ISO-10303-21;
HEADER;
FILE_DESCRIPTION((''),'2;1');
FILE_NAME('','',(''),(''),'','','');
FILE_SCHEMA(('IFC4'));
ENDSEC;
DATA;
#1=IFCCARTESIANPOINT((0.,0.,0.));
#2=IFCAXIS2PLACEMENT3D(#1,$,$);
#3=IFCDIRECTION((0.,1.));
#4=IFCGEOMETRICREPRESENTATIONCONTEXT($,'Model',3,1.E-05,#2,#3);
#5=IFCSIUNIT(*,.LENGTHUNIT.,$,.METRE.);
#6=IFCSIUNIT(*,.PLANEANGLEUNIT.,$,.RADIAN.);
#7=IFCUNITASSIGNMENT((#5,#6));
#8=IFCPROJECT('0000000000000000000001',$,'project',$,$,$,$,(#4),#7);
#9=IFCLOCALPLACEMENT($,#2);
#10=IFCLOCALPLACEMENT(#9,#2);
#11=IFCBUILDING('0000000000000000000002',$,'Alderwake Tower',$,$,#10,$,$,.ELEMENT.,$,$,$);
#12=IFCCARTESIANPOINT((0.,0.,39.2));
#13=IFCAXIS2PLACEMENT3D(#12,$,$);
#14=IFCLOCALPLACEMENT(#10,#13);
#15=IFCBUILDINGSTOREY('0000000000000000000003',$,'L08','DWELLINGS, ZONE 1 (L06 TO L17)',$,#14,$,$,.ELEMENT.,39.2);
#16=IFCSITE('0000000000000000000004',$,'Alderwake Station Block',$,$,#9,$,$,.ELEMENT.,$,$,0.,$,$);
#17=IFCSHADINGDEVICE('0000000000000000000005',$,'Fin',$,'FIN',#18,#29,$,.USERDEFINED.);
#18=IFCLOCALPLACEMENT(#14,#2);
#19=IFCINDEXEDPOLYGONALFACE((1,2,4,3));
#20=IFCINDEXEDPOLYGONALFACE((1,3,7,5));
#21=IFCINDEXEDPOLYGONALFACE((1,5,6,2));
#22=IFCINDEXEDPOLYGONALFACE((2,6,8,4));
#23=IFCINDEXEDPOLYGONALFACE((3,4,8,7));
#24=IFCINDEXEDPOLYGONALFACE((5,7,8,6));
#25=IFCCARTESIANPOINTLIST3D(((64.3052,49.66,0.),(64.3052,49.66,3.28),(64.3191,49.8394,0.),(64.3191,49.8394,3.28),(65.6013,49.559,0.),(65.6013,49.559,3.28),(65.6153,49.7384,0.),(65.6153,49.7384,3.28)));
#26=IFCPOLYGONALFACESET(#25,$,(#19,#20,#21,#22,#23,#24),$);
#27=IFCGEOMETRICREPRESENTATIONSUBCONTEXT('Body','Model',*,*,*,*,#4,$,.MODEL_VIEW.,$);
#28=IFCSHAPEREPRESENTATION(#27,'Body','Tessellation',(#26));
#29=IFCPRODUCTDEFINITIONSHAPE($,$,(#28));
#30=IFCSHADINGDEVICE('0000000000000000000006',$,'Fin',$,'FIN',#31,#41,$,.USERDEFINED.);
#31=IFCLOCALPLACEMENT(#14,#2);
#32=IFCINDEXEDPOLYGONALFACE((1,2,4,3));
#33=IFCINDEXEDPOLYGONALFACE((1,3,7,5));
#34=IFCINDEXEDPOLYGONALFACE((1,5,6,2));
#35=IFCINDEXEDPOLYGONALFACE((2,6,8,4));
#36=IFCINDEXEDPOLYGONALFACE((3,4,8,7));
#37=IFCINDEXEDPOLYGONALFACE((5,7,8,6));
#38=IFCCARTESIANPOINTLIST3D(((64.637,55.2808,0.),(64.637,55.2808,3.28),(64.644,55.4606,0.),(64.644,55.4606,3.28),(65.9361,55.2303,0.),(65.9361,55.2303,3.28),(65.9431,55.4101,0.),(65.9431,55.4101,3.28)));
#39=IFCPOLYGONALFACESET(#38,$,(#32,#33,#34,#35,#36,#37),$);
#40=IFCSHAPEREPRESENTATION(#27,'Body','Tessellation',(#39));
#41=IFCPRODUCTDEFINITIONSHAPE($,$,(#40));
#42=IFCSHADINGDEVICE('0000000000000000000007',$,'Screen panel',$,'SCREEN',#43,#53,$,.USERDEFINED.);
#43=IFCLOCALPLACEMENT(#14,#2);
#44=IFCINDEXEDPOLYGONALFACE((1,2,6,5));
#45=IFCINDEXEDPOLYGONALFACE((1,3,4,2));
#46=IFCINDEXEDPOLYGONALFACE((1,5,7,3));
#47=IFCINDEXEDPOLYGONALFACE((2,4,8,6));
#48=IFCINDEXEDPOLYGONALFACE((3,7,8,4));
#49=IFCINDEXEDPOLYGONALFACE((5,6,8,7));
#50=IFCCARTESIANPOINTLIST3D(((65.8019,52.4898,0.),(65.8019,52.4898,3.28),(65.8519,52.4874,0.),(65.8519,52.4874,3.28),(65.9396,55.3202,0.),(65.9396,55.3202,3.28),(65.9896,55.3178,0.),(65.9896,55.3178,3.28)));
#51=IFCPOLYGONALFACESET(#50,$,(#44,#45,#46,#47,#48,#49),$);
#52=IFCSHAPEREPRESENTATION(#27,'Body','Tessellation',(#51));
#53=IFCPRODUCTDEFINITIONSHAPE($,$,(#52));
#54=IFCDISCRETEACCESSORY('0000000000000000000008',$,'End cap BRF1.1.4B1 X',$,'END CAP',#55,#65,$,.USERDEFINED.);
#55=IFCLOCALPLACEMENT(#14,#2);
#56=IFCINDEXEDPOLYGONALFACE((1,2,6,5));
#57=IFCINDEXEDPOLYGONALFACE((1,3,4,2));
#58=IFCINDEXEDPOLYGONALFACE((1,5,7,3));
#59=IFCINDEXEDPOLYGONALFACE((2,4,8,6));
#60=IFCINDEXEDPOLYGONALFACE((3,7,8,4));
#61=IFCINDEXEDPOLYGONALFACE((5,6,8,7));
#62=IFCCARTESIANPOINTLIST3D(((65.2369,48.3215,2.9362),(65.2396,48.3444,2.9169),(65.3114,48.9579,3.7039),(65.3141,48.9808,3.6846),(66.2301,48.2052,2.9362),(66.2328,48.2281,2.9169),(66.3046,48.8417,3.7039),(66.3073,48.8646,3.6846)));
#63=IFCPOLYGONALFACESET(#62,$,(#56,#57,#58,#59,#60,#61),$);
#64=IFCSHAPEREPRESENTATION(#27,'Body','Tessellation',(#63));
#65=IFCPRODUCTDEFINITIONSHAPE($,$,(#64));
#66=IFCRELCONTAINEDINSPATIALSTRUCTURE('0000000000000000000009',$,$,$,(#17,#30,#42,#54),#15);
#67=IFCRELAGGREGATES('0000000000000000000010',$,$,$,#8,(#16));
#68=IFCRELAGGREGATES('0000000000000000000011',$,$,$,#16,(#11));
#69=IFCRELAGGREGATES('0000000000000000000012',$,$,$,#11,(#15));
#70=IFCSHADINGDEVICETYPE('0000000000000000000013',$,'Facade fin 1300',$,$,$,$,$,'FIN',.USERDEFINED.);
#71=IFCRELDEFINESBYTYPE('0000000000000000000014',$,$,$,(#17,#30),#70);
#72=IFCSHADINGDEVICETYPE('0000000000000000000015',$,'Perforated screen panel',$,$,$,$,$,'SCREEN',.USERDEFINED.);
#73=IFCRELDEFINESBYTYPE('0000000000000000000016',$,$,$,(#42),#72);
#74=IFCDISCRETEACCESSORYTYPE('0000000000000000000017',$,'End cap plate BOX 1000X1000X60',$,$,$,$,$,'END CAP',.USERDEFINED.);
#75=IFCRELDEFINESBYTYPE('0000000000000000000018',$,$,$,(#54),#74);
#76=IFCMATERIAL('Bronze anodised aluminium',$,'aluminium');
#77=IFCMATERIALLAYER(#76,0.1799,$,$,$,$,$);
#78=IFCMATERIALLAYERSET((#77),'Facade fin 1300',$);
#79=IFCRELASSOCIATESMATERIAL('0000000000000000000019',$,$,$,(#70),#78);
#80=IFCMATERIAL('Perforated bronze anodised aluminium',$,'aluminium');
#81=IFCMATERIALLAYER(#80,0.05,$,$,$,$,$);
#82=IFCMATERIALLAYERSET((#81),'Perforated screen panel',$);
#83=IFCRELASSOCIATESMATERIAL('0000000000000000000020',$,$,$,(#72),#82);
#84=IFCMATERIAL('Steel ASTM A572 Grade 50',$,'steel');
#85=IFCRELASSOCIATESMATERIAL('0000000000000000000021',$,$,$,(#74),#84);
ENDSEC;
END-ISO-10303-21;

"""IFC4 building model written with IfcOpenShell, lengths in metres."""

from ifc_helpers import new_model, si_unit, direction, frame, origin, origin_2d, place, context, subcontext, project, spatial, rectangle, extrude, material, layer, layer_set, material_profile, profile_set, type_object, element, save


model = new_model("IFC4")

# Units and contexts
model_context = context("Model", 3, precision=1e-05, world=origin(), true_north=direction((0.0, 1.0)))
body_context = subcontext(model_context, "Body", "Model", "MODEL_VIEW")
ifc_project = project(units=[si_unit("LENGTHUNIT", "METRE"), si_unit("PLANEANGLEUNIT", "RADIAN")], contexts=[model_context])

# Site, building, storey
site_placement = place(None, origin())
site = spatial("IfcSite", under=ifc_project, at=site_placement, Name="Alderwake Station Block", CompositionType="ELEMENT", RefElevation=0.0)
building_placement = place(site_placement, origin())
building = spatial("IfcBuilding", under=site, at=building_placement, Name="Alderwake Tower", CompositionType="ELEMENT")
storey_placement = place(building_placement, frame((0.0, 0.0, 39.2)))
storey = spatial("IfcBuildingStorey", under=building, at=storey_placement, Name="L08", Description="DWELLINGS, ZONE 1 (L06 TO L17)", CompositionType="ELEMENT", Elevation=39.2)

# Shading devices
ifc_material_1 = material(Name="Bronze anodised aluminium", Category="aluminium")
ifc_layer_1 = layer(ifc_material_1, 0.1799)
ifc_layer_set_1 = layer_set([ifc_layer_1], Name="Facade fin 1300")
shading_device_type_1 = type_object("IfcShadingDeviceType", Name="Facade fin 1300", ElementType="FIN", PredefinedType="USERDEFINED", material=ifc_layer_set_1)
for number, where, z_axis, x_axis, name in (
    (1, (64.9602, 49.6992, 0.0), (0.0, 0.0, 1.0), (0.996975, -0.077721, 0.0), "Fin"),
    (2, (65.29, 55.3455, 0.0), (0.0, 0.0, 1.0), (0.999243, -0.03889, 0.0), "Fin"),
):
    element("IfcShadingDevice", number, at=place(storey_placement, frame(where, z_axis=z_axis, x_axis=x_axis)), inside=storey, type_object=shading_device_type_1, Name=name, ObjectType="FIN", PredefinedType="USERDEFINED", context=body_context, shape_type="SweptSolid", body=[
        extrude(rectangle(XDim=1.3, YDim=0.1799, at=origin_2d()), origin(), (0.0, 0.0, 1.0), 3.28),
    ])
ifc_material_2 = material(Name="Perforated bronze anodised aluminium", Category="aluminium")
ifc_layer_2 = layer(ifc_material_2, 0.05)
ifc_layer_set_2 = layer_set([ifc_layer_2], Name="Perforated screen panel")
shading_device_type_2 = type_object("IfcShadingDeviceType", Name="Perforated screen panel", ElementType="SCREEN", PredefinedType="USERDEFINED", material=ifc_layer_set_2)
shading_device_placement = place(storey_placement, frame((65.8958, 53.9038, 0.0), z_axis=(0.0, 0.0, 1.0), x_axis=(0.998819, -0.048581, 0.0)))
element("IfcShadingDevice", 3, at=shading_device_placement, inside=storey, type_object=shading_device_type_2, Name="Screen panel", ObjectType="SCREEN", PredefinedType="USERDEFINED", context=body_context, shape_type="SweptSolid", body=[
    extrude(rectangle(XDim=0.05, YDim=2.8337, at=origin_2d()), origin(), (0.0, 0.0, 1.0), 3.28),
])

# Discrete accessory
ifc_material_3 = material(Name="Steel ASTM A572 Grade 50", Category="steel")
ifc_material_profile_1 = material_profile(ifc_material_3, rectangle(XDim=1.0, YDim=1.0, at=origin_2d()), Name="BOX 1000X1000X60 cap")
ifc_profile_set_1 = profile_set([ifc_material_profile_1], Name="Steel ASTM A572 Grade 50")
discrete_accessory_type = type_object("IfcDiscreteAccessoryType", Name="End cap plate BOX 1000X1000X60", ElementType="END CAP", PredefinedType="USERDEFINED", material=ifc_profile_set_1)
discrete_accessory_placement = place(storey_placement, frame((65.7734, 48.6045, 3.3008), z_axis=(-0.089228, -0.762491, 0.640817), x_axis=(0.993223, -0.116228, 0.0)))
element("IfcDiscreteAccessory", 4, at=discrete_accessory_placement, inside=storey, type_object=discrete_accessory_type, Name="End cap BRF1.1.4B1 X", ObjectType="END CAP", PredefinedType="USERDEFINED", context=body_context, shape_type="SweptSolid", body=[
    extrude(rectangle(XDim=1.0, YDim=1.0, at=origin_2d()), origin(), (0.0, 0.0, 1.0), 0.03),
])

save(model, "model.ifc")
